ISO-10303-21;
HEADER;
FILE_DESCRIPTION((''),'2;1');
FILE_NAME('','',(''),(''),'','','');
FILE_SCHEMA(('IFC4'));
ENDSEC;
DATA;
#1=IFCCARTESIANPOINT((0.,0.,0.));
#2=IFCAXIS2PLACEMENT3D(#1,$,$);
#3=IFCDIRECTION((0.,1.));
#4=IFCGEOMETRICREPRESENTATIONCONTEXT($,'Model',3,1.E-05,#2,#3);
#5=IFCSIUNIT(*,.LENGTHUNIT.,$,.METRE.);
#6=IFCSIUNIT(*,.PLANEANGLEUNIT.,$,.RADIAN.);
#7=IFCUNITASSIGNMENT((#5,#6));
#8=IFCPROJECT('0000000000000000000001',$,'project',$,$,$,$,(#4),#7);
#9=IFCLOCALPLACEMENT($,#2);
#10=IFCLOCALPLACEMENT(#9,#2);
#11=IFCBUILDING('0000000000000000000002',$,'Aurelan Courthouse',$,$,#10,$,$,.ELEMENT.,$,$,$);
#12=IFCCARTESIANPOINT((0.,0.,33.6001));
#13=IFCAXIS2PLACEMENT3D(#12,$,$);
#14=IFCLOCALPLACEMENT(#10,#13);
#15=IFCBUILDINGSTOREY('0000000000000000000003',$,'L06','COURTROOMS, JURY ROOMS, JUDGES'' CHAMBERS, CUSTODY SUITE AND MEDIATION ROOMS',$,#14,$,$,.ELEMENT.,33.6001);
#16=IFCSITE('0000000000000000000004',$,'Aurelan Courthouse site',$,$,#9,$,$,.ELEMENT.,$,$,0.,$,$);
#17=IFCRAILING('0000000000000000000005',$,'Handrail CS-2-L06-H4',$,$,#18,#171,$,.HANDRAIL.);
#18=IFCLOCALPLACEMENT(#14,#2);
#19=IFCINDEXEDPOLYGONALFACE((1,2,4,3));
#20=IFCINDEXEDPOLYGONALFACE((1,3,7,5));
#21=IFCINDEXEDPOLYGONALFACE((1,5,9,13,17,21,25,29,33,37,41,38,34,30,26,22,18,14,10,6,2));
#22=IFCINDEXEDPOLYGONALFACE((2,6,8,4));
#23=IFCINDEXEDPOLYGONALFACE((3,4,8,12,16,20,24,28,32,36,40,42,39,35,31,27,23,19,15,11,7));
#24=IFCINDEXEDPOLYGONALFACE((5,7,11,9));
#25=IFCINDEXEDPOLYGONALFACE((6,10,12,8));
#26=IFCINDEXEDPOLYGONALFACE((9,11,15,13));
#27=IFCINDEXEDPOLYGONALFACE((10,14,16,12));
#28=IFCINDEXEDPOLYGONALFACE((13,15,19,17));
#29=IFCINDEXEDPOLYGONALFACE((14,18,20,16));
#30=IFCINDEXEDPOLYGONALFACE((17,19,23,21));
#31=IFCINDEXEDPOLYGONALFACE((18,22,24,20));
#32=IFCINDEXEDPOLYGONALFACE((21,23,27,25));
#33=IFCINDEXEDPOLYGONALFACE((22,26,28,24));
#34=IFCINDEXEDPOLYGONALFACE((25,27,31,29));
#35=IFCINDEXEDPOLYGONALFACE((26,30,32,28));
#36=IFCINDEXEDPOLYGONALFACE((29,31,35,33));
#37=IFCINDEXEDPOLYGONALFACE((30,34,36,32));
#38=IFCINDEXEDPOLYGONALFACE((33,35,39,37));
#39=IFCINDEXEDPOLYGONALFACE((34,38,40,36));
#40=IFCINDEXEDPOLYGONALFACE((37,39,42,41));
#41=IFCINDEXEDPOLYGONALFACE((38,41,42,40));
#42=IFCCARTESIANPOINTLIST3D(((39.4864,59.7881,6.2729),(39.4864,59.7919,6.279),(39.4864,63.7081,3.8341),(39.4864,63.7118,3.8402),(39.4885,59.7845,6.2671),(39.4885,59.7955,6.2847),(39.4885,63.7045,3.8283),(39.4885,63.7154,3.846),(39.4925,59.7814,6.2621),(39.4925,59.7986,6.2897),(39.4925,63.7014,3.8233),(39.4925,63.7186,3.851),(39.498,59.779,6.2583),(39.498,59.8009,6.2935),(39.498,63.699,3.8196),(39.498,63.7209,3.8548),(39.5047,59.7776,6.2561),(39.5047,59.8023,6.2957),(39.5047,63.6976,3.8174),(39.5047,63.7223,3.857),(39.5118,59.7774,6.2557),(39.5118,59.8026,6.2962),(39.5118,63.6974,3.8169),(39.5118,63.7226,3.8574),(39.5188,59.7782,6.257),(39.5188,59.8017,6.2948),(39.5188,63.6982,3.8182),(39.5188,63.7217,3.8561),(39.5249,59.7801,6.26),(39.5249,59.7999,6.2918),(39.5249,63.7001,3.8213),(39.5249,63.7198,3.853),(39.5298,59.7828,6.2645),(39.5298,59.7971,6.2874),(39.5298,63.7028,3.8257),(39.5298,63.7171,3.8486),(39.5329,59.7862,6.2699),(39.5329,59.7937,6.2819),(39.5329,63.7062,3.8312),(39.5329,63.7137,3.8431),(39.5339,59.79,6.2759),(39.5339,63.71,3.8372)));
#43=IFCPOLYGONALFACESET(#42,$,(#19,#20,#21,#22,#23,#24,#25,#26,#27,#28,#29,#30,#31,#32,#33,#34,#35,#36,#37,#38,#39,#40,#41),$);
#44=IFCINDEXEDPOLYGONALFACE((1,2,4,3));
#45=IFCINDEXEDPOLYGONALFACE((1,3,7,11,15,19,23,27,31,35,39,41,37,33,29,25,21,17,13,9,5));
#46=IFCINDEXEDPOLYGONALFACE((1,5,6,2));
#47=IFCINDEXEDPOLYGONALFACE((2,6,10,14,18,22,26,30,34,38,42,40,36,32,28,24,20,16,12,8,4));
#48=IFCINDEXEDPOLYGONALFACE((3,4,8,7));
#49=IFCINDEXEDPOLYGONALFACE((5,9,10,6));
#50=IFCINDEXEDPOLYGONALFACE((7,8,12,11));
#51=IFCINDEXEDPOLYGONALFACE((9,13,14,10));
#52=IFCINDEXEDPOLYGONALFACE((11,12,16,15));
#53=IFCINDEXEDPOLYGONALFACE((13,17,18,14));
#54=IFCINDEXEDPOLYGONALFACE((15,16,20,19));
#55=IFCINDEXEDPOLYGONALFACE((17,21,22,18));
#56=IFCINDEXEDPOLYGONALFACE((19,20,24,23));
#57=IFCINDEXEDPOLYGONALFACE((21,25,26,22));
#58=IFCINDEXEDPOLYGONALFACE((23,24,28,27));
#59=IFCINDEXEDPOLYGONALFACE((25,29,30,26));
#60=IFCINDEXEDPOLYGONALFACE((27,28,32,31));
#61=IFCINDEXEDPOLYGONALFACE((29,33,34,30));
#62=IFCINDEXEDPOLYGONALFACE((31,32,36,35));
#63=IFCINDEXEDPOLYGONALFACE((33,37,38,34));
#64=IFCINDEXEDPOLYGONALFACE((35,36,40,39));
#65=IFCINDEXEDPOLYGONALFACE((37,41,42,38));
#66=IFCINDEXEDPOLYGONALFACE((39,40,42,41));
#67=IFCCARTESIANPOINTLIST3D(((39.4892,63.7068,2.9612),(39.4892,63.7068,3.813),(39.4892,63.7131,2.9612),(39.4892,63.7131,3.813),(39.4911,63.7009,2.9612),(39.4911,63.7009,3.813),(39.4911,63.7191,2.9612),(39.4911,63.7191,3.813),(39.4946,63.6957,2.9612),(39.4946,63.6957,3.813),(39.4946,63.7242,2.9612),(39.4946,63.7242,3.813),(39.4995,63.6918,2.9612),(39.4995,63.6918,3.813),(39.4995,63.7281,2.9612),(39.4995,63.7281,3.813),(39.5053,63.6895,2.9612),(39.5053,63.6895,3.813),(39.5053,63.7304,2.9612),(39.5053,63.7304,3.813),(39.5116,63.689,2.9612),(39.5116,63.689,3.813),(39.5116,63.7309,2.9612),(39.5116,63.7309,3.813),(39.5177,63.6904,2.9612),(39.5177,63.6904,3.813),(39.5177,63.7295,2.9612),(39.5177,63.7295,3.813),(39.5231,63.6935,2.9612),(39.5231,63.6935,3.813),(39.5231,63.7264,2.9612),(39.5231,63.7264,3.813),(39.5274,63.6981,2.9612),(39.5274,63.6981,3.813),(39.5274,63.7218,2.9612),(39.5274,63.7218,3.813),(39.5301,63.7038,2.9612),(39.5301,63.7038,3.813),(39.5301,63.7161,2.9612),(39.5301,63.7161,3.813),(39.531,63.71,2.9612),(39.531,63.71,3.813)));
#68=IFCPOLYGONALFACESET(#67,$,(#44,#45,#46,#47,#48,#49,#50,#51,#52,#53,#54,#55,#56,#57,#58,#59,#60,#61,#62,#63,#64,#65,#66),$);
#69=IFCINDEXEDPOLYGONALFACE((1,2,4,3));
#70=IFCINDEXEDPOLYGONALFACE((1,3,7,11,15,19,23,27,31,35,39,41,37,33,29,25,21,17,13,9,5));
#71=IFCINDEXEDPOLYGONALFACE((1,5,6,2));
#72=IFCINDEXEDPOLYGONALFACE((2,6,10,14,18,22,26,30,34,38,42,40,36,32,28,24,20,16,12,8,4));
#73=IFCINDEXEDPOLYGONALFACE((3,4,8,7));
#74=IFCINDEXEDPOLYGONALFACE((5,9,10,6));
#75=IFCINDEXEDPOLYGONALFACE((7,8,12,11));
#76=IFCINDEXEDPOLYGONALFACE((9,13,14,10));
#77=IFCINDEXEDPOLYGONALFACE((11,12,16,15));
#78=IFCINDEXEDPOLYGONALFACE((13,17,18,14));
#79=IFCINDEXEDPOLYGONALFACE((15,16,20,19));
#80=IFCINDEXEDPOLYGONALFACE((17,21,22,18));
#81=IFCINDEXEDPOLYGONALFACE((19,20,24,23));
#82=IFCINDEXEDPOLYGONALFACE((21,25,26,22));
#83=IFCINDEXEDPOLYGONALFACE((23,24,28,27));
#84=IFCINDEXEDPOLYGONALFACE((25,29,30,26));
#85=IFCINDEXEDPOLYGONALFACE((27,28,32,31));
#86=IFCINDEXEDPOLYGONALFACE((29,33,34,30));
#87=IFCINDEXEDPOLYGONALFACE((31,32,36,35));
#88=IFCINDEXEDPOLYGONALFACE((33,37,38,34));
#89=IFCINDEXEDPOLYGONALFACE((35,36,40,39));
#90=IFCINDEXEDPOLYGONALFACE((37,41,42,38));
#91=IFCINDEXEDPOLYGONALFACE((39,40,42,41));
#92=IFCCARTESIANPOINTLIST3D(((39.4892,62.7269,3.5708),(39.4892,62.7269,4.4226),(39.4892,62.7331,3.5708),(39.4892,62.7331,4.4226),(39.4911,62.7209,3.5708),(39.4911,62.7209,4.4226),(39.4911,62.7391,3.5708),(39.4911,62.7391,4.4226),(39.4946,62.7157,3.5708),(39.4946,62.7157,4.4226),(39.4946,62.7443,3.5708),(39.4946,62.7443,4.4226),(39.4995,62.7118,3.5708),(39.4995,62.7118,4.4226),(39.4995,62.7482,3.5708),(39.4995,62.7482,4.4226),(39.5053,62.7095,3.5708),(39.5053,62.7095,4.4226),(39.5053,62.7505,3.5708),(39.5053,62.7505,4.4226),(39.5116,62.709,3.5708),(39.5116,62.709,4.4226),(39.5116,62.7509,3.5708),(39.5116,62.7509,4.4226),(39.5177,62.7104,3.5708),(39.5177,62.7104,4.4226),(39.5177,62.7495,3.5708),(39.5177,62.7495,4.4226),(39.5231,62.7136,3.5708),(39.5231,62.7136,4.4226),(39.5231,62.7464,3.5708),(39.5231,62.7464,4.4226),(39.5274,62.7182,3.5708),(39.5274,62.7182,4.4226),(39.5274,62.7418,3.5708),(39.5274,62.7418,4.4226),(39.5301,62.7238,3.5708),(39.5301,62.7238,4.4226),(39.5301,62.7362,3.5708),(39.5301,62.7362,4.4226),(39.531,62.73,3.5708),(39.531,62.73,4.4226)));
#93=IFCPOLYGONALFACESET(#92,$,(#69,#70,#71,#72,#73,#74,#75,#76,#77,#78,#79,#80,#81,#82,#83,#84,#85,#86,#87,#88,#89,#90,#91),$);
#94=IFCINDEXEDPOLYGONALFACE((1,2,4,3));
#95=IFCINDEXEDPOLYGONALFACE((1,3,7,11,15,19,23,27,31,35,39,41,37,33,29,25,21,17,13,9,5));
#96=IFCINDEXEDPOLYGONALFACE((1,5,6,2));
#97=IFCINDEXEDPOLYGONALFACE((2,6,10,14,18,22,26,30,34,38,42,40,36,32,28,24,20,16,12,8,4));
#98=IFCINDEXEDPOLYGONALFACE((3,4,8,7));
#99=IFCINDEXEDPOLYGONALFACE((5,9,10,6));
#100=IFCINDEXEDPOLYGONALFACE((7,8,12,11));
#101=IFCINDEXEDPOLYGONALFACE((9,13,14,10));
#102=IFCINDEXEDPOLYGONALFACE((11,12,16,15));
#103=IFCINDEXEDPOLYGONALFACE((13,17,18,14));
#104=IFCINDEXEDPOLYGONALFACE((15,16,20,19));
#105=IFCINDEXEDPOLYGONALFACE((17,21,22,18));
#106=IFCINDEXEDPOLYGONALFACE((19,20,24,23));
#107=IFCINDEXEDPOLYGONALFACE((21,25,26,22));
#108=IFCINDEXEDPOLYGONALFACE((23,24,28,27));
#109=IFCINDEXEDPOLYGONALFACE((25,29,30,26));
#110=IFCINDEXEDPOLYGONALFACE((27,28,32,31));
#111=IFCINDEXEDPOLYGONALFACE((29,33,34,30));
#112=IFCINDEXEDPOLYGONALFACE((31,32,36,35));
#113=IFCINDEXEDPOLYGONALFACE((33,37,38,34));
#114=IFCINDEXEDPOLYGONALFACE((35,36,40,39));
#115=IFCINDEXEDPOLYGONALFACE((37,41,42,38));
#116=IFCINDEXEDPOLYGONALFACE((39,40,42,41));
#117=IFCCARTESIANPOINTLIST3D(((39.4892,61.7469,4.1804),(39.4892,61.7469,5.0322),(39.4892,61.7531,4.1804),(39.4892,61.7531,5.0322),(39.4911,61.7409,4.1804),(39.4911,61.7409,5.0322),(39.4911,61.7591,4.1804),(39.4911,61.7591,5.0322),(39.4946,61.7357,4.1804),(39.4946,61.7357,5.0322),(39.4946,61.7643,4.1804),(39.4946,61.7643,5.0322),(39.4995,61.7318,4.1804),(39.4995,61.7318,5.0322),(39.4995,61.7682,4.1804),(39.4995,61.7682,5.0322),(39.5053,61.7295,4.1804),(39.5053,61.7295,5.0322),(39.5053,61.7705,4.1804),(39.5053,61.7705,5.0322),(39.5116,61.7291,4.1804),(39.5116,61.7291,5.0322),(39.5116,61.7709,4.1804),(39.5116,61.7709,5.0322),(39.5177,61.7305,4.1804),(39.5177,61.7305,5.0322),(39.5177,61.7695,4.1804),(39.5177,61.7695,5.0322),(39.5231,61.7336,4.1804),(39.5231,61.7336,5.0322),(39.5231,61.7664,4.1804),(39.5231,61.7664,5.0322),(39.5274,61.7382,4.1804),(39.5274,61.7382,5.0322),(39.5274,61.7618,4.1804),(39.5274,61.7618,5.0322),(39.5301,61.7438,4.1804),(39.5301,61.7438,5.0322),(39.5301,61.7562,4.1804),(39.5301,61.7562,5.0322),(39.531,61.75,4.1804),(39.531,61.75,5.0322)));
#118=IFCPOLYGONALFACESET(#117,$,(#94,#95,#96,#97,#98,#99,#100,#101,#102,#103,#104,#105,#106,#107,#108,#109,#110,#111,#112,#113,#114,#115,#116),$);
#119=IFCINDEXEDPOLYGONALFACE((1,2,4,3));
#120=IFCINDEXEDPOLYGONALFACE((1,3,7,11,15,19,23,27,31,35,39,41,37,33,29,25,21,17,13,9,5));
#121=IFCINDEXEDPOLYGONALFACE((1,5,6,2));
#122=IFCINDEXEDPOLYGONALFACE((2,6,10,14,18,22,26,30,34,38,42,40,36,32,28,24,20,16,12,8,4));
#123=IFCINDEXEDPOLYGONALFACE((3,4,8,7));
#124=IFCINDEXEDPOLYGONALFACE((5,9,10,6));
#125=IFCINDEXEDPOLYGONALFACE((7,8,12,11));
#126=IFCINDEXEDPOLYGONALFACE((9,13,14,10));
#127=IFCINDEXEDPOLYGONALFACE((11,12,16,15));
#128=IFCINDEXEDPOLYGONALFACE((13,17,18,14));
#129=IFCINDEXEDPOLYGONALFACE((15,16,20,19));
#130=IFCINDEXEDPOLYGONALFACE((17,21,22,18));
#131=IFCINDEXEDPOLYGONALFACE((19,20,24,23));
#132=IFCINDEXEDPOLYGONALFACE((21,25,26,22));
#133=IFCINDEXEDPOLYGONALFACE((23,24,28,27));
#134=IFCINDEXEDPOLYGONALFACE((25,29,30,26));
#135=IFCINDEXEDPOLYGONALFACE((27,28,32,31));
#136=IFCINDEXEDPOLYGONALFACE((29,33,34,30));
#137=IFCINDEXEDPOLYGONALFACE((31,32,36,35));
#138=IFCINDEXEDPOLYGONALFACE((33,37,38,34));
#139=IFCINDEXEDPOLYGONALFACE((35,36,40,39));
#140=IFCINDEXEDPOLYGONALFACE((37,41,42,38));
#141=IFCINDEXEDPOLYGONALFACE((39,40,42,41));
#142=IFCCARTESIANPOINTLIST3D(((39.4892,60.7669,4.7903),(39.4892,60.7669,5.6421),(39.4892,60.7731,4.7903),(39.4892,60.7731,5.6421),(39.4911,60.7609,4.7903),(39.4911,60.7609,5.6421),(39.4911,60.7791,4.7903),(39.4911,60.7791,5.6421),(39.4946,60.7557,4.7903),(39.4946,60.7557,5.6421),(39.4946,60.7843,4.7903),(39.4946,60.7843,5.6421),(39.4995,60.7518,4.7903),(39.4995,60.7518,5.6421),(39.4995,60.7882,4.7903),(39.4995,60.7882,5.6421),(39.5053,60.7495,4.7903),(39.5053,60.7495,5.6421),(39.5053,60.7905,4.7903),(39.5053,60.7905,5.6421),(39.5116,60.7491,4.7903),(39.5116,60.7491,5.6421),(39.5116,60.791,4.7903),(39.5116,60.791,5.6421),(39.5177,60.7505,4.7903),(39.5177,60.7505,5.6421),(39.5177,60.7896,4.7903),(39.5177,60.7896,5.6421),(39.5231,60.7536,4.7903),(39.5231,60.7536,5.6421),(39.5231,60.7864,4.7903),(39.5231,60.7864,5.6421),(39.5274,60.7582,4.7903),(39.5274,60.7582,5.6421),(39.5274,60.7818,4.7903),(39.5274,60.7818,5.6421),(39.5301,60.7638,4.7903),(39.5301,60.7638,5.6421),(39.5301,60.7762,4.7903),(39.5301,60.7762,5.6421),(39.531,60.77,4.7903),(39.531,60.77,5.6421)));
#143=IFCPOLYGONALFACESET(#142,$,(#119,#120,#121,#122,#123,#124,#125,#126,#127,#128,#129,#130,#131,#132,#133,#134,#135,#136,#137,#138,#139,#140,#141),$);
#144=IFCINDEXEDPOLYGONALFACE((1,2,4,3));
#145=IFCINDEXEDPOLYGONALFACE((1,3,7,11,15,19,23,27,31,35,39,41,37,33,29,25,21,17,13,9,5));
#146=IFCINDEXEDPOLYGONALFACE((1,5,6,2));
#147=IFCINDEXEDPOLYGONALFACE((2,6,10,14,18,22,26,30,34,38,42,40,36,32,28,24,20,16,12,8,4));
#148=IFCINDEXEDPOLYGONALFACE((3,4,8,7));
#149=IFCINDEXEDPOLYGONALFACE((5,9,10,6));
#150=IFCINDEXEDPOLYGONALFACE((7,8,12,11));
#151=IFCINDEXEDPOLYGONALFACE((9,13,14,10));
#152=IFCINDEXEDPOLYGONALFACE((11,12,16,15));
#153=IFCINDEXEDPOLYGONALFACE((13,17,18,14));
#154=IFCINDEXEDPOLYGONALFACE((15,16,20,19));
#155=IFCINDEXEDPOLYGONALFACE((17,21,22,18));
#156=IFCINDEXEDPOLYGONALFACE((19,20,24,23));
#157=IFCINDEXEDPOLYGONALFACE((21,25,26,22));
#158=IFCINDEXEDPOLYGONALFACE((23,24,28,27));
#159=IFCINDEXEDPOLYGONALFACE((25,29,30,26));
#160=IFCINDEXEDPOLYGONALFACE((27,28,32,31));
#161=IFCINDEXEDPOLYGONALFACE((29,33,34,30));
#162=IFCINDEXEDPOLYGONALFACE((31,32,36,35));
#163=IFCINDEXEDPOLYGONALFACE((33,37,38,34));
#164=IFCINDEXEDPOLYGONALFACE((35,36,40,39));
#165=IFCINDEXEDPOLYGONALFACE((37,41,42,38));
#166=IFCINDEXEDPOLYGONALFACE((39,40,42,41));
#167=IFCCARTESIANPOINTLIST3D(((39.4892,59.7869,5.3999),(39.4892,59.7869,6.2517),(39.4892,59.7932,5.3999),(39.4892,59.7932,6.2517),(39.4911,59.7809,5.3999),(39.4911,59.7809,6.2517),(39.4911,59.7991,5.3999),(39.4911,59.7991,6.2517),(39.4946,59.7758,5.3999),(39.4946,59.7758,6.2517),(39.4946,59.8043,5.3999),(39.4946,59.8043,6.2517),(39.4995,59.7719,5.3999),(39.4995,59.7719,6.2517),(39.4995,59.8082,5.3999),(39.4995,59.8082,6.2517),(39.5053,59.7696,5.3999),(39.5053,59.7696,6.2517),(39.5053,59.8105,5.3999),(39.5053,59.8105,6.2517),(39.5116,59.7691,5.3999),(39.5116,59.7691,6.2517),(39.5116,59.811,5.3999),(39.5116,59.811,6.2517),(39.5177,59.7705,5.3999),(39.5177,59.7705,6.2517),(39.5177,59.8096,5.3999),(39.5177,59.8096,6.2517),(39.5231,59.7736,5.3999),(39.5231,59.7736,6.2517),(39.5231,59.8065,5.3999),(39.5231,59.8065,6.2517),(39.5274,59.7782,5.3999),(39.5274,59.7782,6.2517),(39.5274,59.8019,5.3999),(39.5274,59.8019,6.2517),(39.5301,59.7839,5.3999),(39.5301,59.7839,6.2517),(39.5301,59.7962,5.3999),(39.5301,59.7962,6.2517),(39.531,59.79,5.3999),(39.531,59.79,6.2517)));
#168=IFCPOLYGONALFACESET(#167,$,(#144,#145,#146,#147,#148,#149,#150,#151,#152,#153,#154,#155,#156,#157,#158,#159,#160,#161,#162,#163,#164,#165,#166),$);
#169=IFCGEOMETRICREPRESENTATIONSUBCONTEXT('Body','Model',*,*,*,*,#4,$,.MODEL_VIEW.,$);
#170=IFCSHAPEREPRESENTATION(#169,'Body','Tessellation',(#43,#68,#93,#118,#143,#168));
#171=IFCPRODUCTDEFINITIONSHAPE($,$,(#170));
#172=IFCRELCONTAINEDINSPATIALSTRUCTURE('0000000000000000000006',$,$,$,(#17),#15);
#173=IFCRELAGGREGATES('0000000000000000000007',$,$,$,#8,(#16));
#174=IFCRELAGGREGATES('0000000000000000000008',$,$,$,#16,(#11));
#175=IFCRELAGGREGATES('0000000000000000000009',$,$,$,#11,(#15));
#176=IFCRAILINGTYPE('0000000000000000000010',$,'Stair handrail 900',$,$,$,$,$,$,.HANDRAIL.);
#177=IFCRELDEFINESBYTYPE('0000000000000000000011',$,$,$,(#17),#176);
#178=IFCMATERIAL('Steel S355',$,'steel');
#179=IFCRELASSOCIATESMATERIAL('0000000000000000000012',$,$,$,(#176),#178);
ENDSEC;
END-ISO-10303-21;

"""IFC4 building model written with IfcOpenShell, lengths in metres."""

from ifc_helpers import new_model, si_unit, direction, frame, origin, origin_2d, place, context, subcontext, project, spatial, circle, extrude, material, type_object, element, save


model = new_model("IFC4")

# Units and contexts
model_context = context("Model", 3, precision=1e-05, world=origin(), true_north=direction((0.0, 1.0)))
body_context = subcontext(model_context, "Body", "Model", "MODEL_VIEW")
ifc_project = project(units=[si_unit("LENGTHUNIT", "METRE"), si_unit("PLANEANGLEUNIT", "RADIAN")], contexts=[model_context])

# Site, building, storey
site_placement = place(None, origin())
site = spatial("IfcSite", under=ifc_project, at=site_placement, Name="Aurelan Courthouse site", CompositionType="ELEMENT", RefElevation=0.0)
building_placement = place(site_placement, origin())
building = spatial("IfcBuilding", under=site, at=building_placement, Name="Aurelan Courthouse", CompositionType="ELEMENT")
storey_placement = place(building_placement, frame((0.0, 0.0, 33.6001)))
storey = spatial("IfcBuildingStorey", under=building, at=storey_placement, Name="L06", Description="COURTROOMS, JURY ROOMS, JUDGES' CHAMBERS, CUSTODY SUITE AND MEDIATION ROOMS", CompositionType="ELEMENT", Elevation=33.6001)

# Railing
ifc_material_1 = material(Name="Steel S355", Category="steel")
railing_type_1 = type_object("IfcRailingType", Name="Stair handrail 900", PredefinedType="HANDRAIL", material=ifc_material_1)
for number, where, name in (
    (1, (39.51, 63.71, 2.9612), "Handrail CS-2-L06-H4"),
):
    element("IfcRailing", number, at=place(storey_placement, frame(where)), inside=storey, type_object=railing_type_1, Name=name, PredefinedType="HANDRAIL", context=body_context, shape_type="SweptSolid", body=[
        extrude(circle(Radius=0.0239, at=origin_2d()), frame((0.0, 0.0, 0.876), z_axis=(0.0, -0.84909, 0.528249), x_axis=(1.0, 0.0, 0.0)), (0.0, 0.0, 1.0), 4.6167),
        extrude(circle(Radius=0.021, at=origin_2d()), origin(), (0.0, 0.0, 1.0), 0.8518),
        extrude(circle(Radius=0.021, at=origin_2d()), frame((0.0, -0.98, 0.6096)), (0.0, 0.0, 1.0), 0.8518),
        extrude(circle(Radius=0.021, at=origin_2d()), frame((0.0, -1.96, 1.2192)), (0.0, 0.0, 1.0), 0.8518),
        extrude(circle(Radius=0.021, at=origin_2d()), frame((0.0, -2.9399, 1.8291)), (0.0, 0.0, 1.0), 0.8518),
        extrude(circle(Radius=0.021, at=origin_2d()), frame((0.0, -3.9199, 2.4387)), (0.0, 0.0, 1.0), 0.8518),
    ])

save(model, "model.ifc")
